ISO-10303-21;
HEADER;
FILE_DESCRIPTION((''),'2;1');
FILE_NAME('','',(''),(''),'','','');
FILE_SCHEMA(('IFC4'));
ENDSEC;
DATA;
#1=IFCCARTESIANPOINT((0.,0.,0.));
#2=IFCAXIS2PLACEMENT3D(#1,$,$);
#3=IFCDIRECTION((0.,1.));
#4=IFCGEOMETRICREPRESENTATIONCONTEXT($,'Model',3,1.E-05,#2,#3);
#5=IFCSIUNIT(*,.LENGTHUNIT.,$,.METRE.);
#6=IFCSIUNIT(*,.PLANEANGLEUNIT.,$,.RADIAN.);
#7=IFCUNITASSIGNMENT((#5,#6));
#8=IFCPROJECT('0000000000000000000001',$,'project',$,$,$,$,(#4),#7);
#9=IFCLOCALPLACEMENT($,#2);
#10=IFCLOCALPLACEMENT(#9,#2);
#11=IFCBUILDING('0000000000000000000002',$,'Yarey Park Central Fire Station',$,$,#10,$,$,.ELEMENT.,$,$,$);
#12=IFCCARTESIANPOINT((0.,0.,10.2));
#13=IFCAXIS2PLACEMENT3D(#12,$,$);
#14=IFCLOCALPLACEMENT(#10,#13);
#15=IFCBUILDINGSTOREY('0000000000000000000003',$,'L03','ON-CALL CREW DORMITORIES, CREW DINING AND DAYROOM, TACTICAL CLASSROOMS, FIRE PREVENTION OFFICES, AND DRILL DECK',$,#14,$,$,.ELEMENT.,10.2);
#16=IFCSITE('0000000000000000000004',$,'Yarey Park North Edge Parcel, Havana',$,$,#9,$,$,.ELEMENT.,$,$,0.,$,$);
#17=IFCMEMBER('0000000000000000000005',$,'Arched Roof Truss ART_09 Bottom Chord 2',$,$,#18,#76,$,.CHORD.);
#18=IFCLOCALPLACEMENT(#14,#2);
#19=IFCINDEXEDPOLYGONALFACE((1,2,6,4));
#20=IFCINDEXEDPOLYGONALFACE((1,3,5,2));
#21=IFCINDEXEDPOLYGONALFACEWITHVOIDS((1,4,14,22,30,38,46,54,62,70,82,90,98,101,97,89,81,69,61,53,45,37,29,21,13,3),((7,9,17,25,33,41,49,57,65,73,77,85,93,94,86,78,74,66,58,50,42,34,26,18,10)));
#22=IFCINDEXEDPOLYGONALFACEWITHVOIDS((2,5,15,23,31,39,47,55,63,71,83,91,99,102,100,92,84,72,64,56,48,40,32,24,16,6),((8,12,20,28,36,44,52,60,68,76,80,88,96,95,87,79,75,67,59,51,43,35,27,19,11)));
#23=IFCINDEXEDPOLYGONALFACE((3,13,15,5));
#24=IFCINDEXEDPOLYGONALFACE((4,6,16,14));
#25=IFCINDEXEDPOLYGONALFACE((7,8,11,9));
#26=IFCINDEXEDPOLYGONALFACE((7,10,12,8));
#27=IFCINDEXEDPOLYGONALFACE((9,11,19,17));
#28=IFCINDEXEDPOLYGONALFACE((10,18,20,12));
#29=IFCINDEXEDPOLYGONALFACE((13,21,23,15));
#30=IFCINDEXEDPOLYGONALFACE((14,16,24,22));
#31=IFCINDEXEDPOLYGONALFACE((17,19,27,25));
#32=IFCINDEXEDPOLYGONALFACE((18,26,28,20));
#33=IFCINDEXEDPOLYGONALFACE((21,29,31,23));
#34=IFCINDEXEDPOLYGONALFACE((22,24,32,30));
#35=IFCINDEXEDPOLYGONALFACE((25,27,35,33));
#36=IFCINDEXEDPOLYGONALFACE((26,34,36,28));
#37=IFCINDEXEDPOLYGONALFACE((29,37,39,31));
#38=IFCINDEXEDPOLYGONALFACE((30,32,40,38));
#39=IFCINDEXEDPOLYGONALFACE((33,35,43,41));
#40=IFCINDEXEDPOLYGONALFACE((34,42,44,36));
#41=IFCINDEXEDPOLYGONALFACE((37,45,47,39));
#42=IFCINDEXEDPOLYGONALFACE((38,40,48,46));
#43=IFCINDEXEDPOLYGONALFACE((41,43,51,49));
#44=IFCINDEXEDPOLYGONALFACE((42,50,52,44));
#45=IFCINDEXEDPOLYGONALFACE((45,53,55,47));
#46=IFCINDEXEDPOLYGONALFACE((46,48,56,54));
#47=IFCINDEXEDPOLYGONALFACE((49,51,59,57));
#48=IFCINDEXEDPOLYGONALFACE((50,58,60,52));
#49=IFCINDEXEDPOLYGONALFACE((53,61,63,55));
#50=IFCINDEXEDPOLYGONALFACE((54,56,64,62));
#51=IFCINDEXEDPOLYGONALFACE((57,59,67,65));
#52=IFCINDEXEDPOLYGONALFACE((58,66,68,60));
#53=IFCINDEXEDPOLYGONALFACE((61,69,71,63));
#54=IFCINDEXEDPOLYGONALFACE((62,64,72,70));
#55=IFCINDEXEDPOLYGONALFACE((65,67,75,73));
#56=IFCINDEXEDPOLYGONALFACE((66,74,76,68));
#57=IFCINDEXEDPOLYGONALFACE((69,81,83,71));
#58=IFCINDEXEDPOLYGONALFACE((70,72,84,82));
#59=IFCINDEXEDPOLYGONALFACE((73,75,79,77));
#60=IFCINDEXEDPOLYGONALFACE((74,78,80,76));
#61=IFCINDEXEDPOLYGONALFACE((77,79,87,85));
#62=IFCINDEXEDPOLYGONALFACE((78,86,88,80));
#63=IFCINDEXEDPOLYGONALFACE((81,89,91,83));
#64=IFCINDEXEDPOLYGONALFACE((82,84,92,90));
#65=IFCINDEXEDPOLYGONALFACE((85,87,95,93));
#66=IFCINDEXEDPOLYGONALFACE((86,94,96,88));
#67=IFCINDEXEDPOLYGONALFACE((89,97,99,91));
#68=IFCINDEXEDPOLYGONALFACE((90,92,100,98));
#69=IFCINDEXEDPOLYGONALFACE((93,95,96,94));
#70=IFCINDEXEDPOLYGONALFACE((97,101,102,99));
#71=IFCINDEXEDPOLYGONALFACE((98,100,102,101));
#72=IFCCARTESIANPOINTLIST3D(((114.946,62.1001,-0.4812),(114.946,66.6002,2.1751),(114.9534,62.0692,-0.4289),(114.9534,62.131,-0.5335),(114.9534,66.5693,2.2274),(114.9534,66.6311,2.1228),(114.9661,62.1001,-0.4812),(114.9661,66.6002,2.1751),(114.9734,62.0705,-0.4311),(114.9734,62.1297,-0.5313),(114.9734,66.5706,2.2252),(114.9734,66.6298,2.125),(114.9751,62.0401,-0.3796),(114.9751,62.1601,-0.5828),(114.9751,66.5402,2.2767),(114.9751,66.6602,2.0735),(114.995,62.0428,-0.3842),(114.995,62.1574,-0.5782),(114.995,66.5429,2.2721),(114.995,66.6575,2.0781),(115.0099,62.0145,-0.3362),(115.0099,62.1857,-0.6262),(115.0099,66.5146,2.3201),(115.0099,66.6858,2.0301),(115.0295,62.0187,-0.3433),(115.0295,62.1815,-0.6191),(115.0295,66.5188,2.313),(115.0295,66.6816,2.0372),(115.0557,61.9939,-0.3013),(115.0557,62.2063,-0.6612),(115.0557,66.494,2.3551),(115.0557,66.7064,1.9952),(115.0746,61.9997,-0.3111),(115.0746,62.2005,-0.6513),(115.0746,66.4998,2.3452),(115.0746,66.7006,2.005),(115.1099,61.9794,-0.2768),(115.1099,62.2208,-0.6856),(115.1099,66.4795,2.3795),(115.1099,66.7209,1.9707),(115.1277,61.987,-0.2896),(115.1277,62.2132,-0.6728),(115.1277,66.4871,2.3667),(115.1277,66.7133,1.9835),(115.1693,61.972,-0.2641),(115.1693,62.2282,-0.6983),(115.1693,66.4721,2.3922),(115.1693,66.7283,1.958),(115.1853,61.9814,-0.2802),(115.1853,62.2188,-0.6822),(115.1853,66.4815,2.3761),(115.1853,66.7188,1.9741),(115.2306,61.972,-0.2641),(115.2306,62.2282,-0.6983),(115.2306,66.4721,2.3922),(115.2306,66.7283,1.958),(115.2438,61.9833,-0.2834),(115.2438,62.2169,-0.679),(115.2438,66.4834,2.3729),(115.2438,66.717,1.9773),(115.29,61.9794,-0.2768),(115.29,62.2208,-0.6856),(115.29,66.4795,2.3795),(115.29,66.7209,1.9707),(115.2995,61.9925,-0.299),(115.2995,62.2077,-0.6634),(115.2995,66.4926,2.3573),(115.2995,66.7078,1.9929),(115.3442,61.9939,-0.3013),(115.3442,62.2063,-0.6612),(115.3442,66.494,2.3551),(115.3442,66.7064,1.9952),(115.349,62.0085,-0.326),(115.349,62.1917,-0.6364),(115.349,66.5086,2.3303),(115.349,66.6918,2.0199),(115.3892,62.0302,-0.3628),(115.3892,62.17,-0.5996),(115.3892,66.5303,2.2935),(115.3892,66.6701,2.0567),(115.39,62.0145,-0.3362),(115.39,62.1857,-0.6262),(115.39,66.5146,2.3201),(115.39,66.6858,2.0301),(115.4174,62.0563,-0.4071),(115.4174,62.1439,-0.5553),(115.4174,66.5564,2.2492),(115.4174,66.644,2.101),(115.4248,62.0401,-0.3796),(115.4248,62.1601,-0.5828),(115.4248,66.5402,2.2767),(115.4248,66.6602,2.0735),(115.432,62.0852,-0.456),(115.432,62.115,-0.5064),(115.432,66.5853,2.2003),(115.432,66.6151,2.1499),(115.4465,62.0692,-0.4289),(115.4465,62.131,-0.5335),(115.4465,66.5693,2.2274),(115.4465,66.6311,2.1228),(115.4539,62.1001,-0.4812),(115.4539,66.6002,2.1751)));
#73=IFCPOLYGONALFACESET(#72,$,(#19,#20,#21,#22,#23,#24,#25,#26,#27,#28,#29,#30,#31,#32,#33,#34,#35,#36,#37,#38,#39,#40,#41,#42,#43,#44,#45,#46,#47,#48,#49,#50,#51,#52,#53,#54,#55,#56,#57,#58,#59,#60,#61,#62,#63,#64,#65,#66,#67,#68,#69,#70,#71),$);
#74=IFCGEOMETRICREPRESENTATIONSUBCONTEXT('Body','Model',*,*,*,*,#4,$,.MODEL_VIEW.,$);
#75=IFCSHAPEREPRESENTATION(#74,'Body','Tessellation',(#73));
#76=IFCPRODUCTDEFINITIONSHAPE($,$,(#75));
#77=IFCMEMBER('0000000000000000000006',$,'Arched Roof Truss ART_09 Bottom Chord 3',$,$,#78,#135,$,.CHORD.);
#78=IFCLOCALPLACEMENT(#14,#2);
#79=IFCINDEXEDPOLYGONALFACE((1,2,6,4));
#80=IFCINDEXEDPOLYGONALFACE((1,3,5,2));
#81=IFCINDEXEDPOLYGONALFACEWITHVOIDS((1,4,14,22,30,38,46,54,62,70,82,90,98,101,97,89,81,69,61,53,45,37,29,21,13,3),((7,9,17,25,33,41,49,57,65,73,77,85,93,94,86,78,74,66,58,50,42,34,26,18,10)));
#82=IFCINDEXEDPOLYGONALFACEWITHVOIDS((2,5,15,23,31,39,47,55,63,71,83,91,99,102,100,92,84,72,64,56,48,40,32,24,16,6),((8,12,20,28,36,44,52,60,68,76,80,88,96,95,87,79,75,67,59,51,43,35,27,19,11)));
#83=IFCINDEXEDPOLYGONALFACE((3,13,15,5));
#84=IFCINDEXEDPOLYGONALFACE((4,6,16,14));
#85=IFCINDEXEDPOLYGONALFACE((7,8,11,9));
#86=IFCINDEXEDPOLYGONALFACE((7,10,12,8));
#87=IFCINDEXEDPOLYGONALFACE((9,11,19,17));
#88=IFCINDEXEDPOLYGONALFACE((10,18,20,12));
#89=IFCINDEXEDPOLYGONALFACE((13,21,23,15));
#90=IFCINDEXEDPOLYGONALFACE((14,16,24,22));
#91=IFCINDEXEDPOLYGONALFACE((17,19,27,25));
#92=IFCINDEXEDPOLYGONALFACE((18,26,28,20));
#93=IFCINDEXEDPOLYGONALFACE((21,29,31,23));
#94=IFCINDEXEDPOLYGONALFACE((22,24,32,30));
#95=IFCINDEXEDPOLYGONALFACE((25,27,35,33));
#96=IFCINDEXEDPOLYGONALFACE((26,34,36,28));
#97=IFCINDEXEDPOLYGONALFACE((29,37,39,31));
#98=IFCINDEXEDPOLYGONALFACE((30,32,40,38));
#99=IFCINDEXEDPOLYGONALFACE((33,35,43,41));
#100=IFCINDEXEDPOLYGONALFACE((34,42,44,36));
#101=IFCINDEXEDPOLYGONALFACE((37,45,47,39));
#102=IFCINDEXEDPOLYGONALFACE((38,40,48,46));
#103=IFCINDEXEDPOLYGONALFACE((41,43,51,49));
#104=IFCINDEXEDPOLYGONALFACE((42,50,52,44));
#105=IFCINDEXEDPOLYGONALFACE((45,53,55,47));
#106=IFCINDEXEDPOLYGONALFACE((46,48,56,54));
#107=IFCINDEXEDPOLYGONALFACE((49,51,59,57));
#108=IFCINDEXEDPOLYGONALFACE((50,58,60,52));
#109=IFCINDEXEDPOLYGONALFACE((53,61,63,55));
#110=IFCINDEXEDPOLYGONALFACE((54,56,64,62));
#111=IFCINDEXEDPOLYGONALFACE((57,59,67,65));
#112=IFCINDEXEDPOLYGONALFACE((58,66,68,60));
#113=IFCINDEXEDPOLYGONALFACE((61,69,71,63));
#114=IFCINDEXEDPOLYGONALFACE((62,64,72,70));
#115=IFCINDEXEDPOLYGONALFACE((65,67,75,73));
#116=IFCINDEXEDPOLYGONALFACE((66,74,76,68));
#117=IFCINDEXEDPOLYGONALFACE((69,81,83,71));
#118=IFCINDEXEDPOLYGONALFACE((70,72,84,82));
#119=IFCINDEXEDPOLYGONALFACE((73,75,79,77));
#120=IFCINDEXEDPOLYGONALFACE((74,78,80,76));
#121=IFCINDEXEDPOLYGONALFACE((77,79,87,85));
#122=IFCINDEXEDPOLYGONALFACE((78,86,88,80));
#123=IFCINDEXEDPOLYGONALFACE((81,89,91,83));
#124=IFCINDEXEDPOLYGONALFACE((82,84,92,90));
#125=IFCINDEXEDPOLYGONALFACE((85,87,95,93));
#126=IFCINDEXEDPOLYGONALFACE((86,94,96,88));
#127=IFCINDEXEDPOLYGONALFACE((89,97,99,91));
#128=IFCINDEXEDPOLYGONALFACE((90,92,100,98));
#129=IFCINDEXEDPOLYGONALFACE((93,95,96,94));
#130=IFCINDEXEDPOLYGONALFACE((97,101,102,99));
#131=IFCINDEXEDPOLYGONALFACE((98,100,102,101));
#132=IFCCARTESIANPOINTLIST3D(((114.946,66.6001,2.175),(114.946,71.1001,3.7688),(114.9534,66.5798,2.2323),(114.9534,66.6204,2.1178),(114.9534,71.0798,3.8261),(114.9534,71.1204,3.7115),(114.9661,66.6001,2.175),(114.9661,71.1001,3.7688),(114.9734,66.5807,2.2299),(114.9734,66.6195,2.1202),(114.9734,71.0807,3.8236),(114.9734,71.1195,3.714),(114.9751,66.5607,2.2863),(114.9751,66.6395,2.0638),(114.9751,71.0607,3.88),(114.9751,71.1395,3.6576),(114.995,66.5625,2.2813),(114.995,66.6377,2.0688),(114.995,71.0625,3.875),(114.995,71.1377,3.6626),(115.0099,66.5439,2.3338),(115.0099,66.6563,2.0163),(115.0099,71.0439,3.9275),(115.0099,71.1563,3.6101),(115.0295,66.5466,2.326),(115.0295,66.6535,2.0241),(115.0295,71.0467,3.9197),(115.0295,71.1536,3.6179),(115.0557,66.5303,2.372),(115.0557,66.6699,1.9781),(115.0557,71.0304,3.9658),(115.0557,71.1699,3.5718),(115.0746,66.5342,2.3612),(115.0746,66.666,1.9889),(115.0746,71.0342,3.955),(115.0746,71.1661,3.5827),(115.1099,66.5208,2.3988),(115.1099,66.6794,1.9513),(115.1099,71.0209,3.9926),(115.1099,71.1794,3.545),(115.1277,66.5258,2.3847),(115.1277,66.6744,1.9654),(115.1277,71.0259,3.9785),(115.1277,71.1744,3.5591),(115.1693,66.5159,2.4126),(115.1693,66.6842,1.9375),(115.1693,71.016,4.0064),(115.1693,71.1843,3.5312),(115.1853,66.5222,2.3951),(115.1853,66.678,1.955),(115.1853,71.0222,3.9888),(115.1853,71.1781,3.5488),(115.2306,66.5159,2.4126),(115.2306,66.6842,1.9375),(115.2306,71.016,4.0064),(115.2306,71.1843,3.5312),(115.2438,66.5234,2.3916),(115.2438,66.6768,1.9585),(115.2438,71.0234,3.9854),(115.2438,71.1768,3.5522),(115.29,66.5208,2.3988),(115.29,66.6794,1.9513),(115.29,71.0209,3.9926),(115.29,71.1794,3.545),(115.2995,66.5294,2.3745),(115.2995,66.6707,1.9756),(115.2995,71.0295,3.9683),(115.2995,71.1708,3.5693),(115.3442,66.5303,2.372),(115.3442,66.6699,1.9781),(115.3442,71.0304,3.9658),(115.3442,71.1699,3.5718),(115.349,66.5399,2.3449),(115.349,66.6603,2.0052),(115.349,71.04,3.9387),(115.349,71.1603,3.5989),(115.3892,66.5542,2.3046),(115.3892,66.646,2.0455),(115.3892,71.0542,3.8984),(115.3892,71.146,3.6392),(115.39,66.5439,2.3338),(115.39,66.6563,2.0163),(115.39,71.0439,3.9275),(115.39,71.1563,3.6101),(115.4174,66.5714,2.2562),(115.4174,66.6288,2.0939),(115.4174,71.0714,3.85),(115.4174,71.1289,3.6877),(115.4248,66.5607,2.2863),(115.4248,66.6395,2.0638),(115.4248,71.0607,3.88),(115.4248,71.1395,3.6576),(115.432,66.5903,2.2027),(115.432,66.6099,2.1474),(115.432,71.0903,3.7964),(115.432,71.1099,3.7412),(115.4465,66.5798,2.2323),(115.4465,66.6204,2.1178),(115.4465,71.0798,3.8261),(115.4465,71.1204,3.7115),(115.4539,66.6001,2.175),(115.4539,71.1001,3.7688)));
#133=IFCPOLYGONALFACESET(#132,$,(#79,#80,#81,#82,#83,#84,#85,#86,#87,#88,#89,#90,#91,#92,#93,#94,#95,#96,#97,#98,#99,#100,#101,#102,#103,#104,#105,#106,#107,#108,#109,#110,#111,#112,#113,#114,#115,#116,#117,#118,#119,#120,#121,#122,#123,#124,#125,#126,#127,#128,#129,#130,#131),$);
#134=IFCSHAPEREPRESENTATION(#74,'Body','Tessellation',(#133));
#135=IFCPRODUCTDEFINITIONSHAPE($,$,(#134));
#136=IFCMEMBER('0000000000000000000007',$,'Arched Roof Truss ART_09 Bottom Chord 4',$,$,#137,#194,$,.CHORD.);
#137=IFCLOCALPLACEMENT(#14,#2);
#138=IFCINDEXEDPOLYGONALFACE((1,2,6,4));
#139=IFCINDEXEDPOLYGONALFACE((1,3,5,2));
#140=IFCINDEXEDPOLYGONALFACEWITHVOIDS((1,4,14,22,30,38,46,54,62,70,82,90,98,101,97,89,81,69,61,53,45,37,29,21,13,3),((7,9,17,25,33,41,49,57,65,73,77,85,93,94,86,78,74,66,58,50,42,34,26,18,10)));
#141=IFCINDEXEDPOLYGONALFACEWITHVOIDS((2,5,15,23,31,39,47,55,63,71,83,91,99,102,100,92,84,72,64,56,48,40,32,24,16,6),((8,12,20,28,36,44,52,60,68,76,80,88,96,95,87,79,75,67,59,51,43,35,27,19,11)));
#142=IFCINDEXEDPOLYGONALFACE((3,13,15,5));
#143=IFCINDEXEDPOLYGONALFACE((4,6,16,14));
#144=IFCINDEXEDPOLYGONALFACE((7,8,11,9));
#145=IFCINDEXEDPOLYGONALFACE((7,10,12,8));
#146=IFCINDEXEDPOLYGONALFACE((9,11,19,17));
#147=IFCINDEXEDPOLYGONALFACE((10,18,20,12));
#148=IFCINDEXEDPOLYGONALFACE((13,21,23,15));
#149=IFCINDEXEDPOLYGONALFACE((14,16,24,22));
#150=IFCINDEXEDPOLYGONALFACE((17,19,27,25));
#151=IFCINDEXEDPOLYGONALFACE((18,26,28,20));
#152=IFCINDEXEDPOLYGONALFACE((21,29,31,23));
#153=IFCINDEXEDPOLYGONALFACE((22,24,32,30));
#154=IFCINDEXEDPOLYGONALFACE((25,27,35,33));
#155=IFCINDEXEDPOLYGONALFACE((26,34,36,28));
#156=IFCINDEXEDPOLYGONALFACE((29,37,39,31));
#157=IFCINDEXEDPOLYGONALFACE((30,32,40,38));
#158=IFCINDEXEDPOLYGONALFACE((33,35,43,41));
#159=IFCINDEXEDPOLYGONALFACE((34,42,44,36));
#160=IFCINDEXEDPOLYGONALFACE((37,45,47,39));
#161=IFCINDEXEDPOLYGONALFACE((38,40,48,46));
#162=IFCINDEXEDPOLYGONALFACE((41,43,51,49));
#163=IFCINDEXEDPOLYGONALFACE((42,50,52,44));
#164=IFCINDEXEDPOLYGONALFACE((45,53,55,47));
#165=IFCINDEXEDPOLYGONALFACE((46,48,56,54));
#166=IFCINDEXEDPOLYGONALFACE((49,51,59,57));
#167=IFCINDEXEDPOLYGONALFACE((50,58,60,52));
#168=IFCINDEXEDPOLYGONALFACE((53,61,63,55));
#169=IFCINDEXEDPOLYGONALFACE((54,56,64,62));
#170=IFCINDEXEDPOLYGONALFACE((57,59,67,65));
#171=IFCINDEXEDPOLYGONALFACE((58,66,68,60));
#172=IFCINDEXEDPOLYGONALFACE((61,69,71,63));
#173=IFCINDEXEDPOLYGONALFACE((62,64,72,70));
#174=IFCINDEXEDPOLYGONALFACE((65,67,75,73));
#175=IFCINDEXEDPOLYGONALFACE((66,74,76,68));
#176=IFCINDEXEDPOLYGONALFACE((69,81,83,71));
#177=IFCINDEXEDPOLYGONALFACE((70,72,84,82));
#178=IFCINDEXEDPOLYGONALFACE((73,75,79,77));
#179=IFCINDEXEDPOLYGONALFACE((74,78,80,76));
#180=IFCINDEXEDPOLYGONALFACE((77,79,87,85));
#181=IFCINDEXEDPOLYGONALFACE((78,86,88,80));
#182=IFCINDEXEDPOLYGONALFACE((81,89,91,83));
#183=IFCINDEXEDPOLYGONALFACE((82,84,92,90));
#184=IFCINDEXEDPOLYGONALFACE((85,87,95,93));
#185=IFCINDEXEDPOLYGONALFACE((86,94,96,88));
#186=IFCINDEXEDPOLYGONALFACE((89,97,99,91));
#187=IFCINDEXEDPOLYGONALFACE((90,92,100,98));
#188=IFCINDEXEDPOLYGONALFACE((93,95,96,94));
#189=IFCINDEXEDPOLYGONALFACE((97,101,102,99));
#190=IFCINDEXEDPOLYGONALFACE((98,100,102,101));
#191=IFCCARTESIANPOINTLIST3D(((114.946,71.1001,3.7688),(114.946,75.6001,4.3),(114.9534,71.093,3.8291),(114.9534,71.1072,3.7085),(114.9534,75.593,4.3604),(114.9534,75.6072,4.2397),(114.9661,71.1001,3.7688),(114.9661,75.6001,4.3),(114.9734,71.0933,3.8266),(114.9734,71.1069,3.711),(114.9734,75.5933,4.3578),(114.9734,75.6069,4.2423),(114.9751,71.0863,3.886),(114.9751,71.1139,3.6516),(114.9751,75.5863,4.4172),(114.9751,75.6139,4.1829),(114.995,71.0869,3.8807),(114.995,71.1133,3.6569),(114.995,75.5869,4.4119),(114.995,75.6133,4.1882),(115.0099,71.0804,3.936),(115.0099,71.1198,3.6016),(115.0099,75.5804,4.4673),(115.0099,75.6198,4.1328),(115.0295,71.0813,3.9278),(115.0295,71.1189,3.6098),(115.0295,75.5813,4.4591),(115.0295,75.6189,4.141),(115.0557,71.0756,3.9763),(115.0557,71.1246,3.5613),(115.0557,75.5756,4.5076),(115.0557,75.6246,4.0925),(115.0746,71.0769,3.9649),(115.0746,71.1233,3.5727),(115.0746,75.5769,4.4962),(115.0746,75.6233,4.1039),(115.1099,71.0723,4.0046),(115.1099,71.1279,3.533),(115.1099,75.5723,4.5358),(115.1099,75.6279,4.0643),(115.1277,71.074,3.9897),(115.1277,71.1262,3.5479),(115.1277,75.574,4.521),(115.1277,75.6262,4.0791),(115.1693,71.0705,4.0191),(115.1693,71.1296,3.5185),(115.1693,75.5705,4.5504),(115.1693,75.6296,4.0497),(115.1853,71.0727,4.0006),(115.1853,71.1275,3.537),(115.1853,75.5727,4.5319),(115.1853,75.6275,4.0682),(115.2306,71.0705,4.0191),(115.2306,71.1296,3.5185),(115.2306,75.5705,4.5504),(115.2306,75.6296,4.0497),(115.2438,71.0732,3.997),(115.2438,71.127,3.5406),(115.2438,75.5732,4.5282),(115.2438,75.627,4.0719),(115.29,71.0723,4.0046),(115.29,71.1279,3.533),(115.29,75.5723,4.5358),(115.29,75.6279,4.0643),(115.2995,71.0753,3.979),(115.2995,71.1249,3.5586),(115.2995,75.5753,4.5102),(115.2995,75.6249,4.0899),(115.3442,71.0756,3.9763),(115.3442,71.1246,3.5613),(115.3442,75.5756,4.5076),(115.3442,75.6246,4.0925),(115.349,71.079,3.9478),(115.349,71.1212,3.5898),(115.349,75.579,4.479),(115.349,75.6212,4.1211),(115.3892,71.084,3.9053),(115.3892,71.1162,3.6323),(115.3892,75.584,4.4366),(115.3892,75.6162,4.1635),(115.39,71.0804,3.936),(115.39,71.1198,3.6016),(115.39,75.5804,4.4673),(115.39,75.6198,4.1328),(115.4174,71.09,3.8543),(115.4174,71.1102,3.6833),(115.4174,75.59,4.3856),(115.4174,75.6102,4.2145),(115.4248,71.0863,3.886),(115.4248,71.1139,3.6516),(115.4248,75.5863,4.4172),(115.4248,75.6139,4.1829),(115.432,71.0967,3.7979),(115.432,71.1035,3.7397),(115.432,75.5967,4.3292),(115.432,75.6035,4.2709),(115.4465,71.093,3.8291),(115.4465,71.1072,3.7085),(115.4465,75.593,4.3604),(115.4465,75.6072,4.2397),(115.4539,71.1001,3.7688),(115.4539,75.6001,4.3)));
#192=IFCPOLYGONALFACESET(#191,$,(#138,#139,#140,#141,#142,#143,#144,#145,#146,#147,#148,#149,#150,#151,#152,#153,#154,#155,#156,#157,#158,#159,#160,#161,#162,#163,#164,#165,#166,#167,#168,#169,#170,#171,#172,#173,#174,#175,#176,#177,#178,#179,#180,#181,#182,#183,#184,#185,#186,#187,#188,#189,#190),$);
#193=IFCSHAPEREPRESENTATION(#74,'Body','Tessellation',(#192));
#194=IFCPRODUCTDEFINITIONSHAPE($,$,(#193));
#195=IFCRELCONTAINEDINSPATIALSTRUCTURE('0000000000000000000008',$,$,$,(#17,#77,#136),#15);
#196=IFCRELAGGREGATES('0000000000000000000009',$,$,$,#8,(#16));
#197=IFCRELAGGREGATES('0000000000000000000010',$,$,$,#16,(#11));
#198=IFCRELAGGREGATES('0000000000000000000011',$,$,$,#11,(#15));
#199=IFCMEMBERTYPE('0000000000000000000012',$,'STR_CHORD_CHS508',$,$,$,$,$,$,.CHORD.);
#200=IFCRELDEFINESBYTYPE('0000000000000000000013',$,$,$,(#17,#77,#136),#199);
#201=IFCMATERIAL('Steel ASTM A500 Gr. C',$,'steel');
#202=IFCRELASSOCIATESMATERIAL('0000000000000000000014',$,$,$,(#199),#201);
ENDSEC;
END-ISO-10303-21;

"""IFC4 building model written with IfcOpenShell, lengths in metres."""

from ifc_helpers import new_model, si_unit, direction, frame, origin, origin_2d, place, context, subcontext, project, spatial, hollow_circle, extrude, material, material_profile, profile_set, type_object, element, save


model = new_model("IFC4")

# Units and contexts
model_context = context("Model", 3, precision=1e-05, world=origin(), true_north=direction((0.0, 1.0)))
body_context = subcontext(model_context, "Body", "Model", "MODEL_VIEW")
ifc_project = project(units=[si_unit("LENGTHUNIT", "METRE"), si_unit("PLANEANGLEUNIT", "RADIAN")], contexts=[model_context])

# Site, building, storey
site_placement = place(None, origin())
site = spatial("IfcSite", under=ifc_project, at=site_placement, Name="Yarey Park North Edge Parcel, Havana", CompositionType="ELEMENT", RefElevation=0.0)
building_placement = place(site_placement, origin())
building = spatial("IfcBuilding", under=site, at=building_placement, Name="Yarey Park Central Fire Station", CompositionType="ELEMENT")
storey_placement = place(building_placement, frame((0.0, 0.0, 10.2)))
storey = spatial("IfcBuildingStorey", under=building, at=storey_placement, Name="L03", Description="ON-CALL CREW DORMITORIES, CREW DINING AND DAYROOM, TACTICAL CLASSROOMS, FIRE PREVENTION OFFICES, AND DRILL DECK", CompositionType="ELEMENT", Elevation=10.2)

# Members
ifc_material_1 = material(Name="Steel ASTM A500 Gr. C", Category="steel")
ifc_material_profile_1 = material_profile(ifc_material_1, hollow_circle(Radius=0.2539, WallThickness=0.02, at=origin_2d()), Name="CHS 508x20")
ifc_profile_set_1 = profile_set([ifc_material_profile_1], Name="Steel ASTM A500 Gr. C")
member_type_1 = type_object("IfcMemberType", Name="STR_CHORD_CHS508", PredefinedType="CHORD", material=ifc_profile_set_1)
member_1_placement = place(storey_placement, frame((115.2, 62.1001, -0.4812), z_axis=(0.0, 0.861165, 0.508326), x_axis=(-1.0, 0.0, 0.0)))
element("IfcMember", 1, at=member_1_placement, inside=storey, type_object=member_type_1, Name="Arched Roof Truss ART_09 Bottom Chord 2", PredefinedType="CHORD", context=body_context, shape_type="SweptSolid", body=[
    extrude(hollow_circle(Radius=0.2539, WallThickness=0.02, at=origin_2d()), origin(), (0.0, 0.0, 1.0), 5.2256),
])
member_2_placement = place(storey_placement, frame((115.2, 66.6001, 2.175), z_axis=(0.0, 0.942627, 0.333847), x_axis=(-1.0, 0.0, 0.0)))
element("IfcMember", 2, at=member_2_placement, inside=storey, type_object=member_type_1, Name="Arched Roof Truss ART_09 Bottom Chord 3", PredefinedType="CHORD", context=body_context, shape_type="SweptSolid", body=[
    extrude(hollow_circle(Radius=0.2539, WallThickness=0.02, at=origin_2d()), origin(), (0.0, 0.0, 1.0), 4.7739),
])
member_3_placement = place(storey_placement, frame((115.2, 71.1001, 3.7688), z_axis=(0.0, 0.993103, 0.117241), x_axis=(-1.0, 0.0, 0.0)))
element("IfcMember", 3, at=member_3_placement, inside=storey, type_object=member_type_1, Name="Arched Roof Truss ART_09 Bottom Chord 4", PredefinedType="CHORD", context=body_context, shape_type="SweptSolid", body=[
    extrude(hollow_circle(Radius=0.2539, WallThickness=0.02, at=origin_2d()), origin(), (0.0, 0.0, 1.0), 4.5312),
])

save(model, "model.ifc")
